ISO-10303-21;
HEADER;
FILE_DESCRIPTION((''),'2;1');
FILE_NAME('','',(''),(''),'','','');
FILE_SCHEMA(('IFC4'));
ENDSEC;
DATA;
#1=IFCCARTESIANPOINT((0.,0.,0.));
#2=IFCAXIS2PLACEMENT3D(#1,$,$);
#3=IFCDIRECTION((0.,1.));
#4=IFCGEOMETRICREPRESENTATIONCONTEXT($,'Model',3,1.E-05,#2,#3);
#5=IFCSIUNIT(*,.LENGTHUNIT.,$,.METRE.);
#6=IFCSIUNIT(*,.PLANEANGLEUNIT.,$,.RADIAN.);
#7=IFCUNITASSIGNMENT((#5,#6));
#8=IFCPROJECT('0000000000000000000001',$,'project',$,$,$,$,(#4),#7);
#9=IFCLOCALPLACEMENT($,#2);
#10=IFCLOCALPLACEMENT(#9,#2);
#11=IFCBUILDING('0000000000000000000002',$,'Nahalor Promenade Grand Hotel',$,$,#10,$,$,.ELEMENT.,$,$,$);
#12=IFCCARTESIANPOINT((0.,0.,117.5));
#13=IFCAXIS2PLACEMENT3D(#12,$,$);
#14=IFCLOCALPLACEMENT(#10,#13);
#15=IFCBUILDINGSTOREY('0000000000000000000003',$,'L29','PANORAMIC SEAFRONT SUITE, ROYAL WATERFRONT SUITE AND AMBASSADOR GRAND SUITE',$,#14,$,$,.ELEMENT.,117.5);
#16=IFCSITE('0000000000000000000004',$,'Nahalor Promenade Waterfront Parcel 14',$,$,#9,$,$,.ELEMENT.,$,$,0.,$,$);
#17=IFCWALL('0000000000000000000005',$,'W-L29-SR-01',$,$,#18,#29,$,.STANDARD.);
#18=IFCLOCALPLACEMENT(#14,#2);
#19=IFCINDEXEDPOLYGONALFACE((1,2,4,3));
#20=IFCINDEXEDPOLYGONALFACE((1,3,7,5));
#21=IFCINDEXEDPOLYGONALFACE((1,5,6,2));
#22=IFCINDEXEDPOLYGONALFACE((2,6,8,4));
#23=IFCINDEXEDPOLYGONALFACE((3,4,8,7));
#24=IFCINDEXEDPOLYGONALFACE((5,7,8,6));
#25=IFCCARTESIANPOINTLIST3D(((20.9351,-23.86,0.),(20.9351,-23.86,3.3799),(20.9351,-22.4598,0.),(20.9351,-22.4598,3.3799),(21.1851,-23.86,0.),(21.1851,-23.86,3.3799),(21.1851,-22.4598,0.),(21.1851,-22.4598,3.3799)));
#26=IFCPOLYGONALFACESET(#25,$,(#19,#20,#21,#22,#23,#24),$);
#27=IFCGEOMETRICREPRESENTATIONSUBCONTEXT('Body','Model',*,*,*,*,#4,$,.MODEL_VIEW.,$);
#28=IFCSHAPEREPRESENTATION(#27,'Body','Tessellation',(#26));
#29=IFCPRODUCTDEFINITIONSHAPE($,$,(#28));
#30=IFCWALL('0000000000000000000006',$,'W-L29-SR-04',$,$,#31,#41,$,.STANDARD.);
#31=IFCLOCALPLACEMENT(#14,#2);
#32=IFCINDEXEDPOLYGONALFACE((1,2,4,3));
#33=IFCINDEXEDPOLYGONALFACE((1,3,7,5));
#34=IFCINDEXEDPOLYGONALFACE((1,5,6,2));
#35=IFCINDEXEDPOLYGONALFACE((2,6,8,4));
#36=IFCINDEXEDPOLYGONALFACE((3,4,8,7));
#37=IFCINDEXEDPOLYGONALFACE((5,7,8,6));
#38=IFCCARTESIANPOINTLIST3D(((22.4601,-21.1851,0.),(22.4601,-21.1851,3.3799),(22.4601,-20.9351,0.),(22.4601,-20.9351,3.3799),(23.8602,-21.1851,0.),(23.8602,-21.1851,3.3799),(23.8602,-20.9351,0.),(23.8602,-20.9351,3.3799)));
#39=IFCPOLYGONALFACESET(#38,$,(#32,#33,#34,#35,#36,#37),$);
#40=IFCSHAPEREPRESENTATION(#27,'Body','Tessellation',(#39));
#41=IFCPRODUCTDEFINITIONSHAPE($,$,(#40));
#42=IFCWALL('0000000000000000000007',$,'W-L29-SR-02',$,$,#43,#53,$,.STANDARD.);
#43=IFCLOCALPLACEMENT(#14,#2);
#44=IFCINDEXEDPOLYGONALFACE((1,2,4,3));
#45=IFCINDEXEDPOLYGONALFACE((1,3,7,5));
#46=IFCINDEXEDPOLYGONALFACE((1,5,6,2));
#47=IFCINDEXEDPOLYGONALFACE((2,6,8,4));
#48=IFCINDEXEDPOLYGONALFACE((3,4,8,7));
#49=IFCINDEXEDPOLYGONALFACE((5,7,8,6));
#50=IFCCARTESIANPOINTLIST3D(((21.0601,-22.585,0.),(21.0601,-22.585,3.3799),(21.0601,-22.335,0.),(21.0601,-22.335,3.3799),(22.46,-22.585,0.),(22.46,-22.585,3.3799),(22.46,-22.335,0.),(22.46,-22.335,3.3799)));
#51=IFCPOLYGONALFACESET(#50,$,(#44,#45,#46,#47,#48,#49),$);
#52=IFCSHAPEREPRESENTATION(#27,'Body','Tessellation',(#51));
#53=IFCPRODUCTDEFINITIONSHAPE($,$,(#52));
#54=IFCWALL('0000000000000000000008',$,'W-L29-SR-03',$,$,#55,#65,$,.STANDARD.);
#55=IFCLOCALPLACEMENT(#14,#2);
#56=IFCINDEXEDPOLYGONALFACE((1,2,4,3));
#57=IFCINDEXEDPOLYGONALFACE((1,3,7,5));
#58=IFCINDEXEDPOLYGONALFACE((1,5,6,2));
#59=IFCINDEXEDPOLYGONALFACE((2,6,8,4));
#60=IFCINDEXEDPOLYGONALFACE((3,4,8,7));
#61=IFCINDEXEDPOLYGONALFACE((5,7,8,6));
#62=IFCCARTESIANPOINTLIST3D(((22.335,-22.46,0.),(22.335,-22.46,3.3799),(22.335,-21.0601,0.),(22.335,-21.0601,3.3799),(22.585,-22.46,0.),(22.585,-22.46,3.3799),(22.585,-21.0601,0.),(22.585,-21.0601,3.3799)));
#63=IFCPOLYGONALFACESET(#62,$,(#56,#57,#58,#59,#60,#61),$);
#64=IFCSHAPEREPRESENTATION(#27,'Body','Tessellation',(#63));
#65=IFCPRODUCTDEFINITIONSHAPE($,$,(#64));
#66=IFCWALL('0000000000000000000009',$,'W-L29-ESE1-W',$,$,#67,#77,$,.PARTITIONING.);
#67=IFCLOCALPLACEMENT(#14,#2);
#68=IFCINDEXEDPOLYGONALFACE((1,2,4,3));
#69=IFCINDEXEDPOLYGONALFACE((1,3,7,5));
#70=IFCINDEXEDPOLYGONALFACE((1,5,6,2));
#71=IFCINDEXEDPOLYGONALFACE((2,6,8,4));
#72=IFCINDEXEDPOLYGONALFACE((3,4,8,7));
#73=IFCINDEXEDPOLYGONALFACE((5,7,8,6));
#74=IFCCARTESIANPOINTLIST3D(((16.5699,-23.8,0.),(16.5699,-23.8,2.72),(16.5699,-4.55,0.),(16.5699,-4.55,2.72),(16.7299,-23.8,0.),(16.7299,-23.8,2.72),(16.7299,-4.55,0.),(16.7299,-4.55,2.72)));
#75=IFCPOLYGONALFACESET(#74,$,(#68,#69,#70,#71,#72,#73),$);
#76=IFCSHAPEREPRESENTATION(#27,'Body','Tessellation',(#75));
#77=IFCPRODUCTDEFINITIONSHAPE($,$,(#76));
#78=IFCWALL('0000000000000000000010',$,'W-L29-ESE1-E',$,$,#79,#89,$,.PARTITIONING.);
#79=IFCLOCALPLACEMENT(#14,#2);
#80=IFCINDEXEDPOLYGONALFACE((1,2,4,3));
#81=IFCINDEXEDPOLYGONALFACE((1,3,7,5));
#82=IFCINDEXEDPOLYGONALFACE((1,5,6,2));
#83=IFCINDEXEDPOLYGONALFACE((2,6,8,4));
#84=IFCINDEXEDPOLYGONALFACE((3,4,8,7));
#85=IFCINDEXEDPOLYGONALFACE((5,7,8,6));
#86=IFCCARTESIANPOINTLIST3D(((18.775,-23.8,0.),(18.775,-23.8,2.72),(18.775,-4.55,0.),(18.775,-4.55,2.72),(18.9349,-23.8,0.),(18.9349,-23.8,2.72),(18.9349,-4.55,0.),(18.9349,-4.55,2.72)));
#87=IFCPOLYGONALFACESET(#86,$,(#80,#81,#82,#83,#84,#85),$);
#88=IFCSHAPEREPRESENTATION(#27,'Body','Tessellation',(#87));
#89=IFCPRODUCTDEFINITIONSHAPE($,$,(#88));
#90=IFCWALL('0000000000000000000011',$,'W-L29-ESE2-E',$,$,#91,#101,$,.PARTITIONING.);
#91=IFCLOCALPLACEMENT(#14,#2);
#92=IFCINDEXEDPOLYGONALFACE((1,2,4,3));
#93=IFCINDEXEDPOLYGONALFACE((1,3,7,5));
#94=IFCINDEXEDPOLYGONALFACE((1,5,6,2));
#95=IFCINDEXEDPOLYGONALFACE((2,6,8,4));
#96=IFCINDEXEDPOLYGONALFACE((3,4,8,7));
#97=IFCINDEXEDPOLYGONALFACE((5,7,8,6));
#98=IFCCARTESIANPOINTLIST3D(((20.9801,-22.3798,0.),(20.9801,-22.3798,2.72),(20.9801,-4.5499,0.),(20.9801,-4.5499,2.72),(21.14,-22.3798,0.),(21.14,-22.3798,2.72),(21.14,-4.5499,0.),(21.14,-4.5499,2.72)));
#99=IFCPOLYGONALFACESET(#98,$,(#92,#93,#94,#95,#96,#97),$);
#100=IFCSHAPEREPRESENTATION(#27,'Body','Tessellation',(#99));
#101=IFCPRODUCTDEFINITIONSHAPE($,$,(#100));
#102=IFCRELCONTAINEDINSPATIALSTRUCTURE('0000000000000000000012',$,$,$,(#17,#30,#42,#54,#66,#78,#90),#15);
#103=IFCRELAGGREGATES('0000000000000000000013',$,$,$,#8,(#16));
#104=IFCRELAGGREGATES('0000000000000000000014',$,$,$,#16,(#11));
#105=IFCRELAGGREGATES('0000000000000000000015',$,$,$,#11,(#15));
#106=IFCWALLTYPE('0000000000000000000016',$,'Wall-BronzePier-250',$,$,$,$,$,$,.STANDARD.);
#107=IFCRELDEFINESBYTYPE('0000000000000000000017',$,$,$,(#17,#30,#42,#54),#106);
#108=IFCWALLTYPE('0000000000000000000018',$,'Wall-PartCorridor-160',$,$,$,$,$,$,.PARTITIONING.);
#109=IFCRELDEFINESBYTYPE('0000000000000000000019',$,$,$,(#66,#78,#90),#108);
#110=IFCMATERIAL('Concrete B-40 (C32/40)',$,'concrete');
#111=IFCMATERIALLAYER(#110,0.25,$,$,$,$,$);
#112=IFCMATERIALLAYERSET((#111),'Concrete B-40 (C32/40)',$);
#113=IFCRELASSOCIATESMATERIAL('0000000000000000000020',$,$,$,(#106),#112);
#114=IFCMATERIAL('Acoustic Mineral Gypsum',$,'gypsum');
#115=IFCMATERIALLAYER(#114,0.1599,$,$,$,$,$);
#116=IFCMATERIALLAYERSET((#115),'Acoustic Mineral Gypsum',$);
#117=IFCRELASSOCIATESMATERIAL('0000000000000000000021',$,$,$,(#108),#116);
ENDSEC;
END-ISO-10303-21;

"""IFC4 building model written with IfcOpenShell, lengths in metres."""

from ifc_helpers import new_model, si_unit, direction, frame, frame_2d, origin, place, context, subcontext, project, spatial, rectangle, extrude, source, transform, mapped, material, layer, layer_set, type_object, element, save


model = new_model("IFC4")

# Units and contexts
model_context = context("Model", 3, precision=1e-05, world=origin(), true_north=direction((0.0, 1.0)))
body_context = subcontext(model_context, "Body", "Model", "MODEL_VIEW")
ifc_project = project(units=[si_unit("LENGTHUNIT", "METRE"), si_unit("PLANEANGLEUNIT", "RADIAN")], contexts=[model_context])

# Site, building, storey
site_placement = place(None, origin())
site = spatial("IfcSite", under=ifc_project, at=site_placement, Name="Nahalor Promenade Waterfront Parcel 14", CompositionType="ELEMENT", RefElevation=0.0)
building_placement = place(site_placement, origin())
building = spatial("IfcBuilding", under=site, at=building_placement, Name="Nahalor Promenade Grand Hotel", CompositionType="ELEMENT")
storey_placement = place(building_placement, frame((0.0, 0.0, 117.5)))
storey = spatial("IfcBuildingStorey", under=building, at=storey_placement, Name="L29", Description="PANORAMIC SEAFRONT SUITE, ROYAL WATERFRONT SUITE AND AMBASSADOR GRAND SUITE", CompositionType="ELEMENT", Elevation=117.5)

# Walls
ifc_material_1 = material(Name="Concrete B-40 (C32/40)", Category="concrete")
ifc_layer_1 = layer(ifc_material_1, 0.25)
ifc_layer_set_1 = layer_set([ifc_layer_1], Name="Concrete B-40 (C32/40)")
wall_type_1 = type_object("IfcWallType", Name="Wall-BronzePier-250", PredefinedType="STANDARD", material=ifc_layer_set_1)
shared_shape_1 = source(origin(), body_context, "Body", "SweptSolid", [
    extrude(rectangle(XDim=1.4001, YDim=0.25, at=frame_2d((0.7002, 0.0))), origin(), (0.0, 0.0, 1.0), 3.3799),
])
for number, where, z_axis, x_axis, name in (
    (1, (21.0601, -23.8601, 0.0), (0.0, 0.0, 1.0), (0.0, 1.0, 0.0), "W-L29-SR-01"),
    (2, (22.46, -21.0601, 0.0), (0.0, 0.0, 1.0), (1.0, 0.0, 0.0), "W-L29-SR-04"),
):
    element("IfcWall", number, at=place(storey_placement, frame(where, z_axis=z_axis, x_axis=x_axis)), inside=storey, type_object=wall_type_1, Name=name, PredefinedType="STANDARD", context=body_context, shape_type="MappedRepresentation", body=[
        mapped(shared_shape_1, transform((0.0, 0.0, 0.0), scale=1.0)),
    ])
shared_shape_2 = source(origin(), body_context, "Body", "SweptSolid", [
    extrude(rectangle(XDim=1.3999, YDim=0.25, at=frame_2d((0.7, 0.0))), origin(), (0.0, 0.0, 1.0), 3.3799),
])
for number, where, z_axis, x_axis, name in (
    (3, (21.0601, -22.46, 0.0), (0.0, 0.0, 1.0), (1.0, 0.0, 0.0), "W-L29-SR-02"),
    (4, (22.46, -22.46, 0.0), (0.0, 0.0, 1.0), (0.0, 1.0, 0.0), "W-L29-SR-03"),
):
    element("IfcWall", number, at=place(storey_placement, frame(where, z_axis=z_axis, x_axis=x_axis)), inside=storey, type_object=wall_type_1, Name=name, PredefinedType="STANDARD", context=body_context, shape_type="MappedRepresentation", body=[
        mapped(shared_shape_2, transform((0.0, 0.0, 0.0), scale=1.0)),
    ])
ifc_material_2 = material(Name="Acoustic Mineral Gypsum", Category="gypsum")
ifc_layer_2 = layer(ifc_material_2, 0.1599)
ifc_layer_set_2 = layer_set([ifc_layer_2], Name="Acoustic Mineral Gypsum")
wall_type_2 = type_object("IfcWallType", Name="Wall-PartCorridor-160", PredefinedType="PARTITIONING", material=ifc_layer_set_2)
shared_shape_3 = source(origin(), body_context, "Body", "SweptSolid", [
    extrude(rectangle(XDim=19.25, YDim=0.1599, at=frame_2d((9.625, 0.0))), origin(), (0.0, 0.0, 1.0), 2.72),
])
for number, where, z_axis, x_axis, name in (
    (5, (16.6499, -23.8, 0.0), (0.0, 0.0, 1.0), (0.0, 1.0, 0.0), "W-L29-ESE1-W"),
    (6, (18.855, -23.8, 0.0), (0.0, 0.0, 1.0), (0.0, 1.0, 0.0), "W-L29-ESE1-E"),
):
    element("IfcWall", number, at=place(storey_placement, frame(where, z_axis=z_axis, x_axis=x_axis)), inside=storey, type_object=wall_type_2, Name=name, PredefinedType="PARTITIONING", context=body_context, shape_type="MappedRepresentation", body=[
        mapped(shared_shape_3, transform((0.0, 0.0, 0.0), scale=1.0)),
    ])
shared_shape_4 = source(origin(), body_context, "Body", "SweptSolid", [
    extrude(rectangle(XDim=17.8298, YDim=0.1599, at=frame_2d((8.915, 0.0))), origin(), (0.0, 0.0, 1.0), 2.72),
])
wall_1_placement = place(storey_placement, frame((21.0601, -22.3799, 0.0), z_axis=(0.0, 0.0, 1.0), x_axis=(0.0, 1.0, 0.0)))
element("IfcWall", 7, at=wall_1_placement, inside=storey, type_object=wall_type_2, Name="W-L29-ESE2-E", PredefinedType="PARTITIONING", context=body_context, shape_type="MappedRepresentation", body=[
    mapped(shared_shape_4, transform((0.0, 0.0, 0.0), scale=1.0)),
])

save(model, "model.ifc")
